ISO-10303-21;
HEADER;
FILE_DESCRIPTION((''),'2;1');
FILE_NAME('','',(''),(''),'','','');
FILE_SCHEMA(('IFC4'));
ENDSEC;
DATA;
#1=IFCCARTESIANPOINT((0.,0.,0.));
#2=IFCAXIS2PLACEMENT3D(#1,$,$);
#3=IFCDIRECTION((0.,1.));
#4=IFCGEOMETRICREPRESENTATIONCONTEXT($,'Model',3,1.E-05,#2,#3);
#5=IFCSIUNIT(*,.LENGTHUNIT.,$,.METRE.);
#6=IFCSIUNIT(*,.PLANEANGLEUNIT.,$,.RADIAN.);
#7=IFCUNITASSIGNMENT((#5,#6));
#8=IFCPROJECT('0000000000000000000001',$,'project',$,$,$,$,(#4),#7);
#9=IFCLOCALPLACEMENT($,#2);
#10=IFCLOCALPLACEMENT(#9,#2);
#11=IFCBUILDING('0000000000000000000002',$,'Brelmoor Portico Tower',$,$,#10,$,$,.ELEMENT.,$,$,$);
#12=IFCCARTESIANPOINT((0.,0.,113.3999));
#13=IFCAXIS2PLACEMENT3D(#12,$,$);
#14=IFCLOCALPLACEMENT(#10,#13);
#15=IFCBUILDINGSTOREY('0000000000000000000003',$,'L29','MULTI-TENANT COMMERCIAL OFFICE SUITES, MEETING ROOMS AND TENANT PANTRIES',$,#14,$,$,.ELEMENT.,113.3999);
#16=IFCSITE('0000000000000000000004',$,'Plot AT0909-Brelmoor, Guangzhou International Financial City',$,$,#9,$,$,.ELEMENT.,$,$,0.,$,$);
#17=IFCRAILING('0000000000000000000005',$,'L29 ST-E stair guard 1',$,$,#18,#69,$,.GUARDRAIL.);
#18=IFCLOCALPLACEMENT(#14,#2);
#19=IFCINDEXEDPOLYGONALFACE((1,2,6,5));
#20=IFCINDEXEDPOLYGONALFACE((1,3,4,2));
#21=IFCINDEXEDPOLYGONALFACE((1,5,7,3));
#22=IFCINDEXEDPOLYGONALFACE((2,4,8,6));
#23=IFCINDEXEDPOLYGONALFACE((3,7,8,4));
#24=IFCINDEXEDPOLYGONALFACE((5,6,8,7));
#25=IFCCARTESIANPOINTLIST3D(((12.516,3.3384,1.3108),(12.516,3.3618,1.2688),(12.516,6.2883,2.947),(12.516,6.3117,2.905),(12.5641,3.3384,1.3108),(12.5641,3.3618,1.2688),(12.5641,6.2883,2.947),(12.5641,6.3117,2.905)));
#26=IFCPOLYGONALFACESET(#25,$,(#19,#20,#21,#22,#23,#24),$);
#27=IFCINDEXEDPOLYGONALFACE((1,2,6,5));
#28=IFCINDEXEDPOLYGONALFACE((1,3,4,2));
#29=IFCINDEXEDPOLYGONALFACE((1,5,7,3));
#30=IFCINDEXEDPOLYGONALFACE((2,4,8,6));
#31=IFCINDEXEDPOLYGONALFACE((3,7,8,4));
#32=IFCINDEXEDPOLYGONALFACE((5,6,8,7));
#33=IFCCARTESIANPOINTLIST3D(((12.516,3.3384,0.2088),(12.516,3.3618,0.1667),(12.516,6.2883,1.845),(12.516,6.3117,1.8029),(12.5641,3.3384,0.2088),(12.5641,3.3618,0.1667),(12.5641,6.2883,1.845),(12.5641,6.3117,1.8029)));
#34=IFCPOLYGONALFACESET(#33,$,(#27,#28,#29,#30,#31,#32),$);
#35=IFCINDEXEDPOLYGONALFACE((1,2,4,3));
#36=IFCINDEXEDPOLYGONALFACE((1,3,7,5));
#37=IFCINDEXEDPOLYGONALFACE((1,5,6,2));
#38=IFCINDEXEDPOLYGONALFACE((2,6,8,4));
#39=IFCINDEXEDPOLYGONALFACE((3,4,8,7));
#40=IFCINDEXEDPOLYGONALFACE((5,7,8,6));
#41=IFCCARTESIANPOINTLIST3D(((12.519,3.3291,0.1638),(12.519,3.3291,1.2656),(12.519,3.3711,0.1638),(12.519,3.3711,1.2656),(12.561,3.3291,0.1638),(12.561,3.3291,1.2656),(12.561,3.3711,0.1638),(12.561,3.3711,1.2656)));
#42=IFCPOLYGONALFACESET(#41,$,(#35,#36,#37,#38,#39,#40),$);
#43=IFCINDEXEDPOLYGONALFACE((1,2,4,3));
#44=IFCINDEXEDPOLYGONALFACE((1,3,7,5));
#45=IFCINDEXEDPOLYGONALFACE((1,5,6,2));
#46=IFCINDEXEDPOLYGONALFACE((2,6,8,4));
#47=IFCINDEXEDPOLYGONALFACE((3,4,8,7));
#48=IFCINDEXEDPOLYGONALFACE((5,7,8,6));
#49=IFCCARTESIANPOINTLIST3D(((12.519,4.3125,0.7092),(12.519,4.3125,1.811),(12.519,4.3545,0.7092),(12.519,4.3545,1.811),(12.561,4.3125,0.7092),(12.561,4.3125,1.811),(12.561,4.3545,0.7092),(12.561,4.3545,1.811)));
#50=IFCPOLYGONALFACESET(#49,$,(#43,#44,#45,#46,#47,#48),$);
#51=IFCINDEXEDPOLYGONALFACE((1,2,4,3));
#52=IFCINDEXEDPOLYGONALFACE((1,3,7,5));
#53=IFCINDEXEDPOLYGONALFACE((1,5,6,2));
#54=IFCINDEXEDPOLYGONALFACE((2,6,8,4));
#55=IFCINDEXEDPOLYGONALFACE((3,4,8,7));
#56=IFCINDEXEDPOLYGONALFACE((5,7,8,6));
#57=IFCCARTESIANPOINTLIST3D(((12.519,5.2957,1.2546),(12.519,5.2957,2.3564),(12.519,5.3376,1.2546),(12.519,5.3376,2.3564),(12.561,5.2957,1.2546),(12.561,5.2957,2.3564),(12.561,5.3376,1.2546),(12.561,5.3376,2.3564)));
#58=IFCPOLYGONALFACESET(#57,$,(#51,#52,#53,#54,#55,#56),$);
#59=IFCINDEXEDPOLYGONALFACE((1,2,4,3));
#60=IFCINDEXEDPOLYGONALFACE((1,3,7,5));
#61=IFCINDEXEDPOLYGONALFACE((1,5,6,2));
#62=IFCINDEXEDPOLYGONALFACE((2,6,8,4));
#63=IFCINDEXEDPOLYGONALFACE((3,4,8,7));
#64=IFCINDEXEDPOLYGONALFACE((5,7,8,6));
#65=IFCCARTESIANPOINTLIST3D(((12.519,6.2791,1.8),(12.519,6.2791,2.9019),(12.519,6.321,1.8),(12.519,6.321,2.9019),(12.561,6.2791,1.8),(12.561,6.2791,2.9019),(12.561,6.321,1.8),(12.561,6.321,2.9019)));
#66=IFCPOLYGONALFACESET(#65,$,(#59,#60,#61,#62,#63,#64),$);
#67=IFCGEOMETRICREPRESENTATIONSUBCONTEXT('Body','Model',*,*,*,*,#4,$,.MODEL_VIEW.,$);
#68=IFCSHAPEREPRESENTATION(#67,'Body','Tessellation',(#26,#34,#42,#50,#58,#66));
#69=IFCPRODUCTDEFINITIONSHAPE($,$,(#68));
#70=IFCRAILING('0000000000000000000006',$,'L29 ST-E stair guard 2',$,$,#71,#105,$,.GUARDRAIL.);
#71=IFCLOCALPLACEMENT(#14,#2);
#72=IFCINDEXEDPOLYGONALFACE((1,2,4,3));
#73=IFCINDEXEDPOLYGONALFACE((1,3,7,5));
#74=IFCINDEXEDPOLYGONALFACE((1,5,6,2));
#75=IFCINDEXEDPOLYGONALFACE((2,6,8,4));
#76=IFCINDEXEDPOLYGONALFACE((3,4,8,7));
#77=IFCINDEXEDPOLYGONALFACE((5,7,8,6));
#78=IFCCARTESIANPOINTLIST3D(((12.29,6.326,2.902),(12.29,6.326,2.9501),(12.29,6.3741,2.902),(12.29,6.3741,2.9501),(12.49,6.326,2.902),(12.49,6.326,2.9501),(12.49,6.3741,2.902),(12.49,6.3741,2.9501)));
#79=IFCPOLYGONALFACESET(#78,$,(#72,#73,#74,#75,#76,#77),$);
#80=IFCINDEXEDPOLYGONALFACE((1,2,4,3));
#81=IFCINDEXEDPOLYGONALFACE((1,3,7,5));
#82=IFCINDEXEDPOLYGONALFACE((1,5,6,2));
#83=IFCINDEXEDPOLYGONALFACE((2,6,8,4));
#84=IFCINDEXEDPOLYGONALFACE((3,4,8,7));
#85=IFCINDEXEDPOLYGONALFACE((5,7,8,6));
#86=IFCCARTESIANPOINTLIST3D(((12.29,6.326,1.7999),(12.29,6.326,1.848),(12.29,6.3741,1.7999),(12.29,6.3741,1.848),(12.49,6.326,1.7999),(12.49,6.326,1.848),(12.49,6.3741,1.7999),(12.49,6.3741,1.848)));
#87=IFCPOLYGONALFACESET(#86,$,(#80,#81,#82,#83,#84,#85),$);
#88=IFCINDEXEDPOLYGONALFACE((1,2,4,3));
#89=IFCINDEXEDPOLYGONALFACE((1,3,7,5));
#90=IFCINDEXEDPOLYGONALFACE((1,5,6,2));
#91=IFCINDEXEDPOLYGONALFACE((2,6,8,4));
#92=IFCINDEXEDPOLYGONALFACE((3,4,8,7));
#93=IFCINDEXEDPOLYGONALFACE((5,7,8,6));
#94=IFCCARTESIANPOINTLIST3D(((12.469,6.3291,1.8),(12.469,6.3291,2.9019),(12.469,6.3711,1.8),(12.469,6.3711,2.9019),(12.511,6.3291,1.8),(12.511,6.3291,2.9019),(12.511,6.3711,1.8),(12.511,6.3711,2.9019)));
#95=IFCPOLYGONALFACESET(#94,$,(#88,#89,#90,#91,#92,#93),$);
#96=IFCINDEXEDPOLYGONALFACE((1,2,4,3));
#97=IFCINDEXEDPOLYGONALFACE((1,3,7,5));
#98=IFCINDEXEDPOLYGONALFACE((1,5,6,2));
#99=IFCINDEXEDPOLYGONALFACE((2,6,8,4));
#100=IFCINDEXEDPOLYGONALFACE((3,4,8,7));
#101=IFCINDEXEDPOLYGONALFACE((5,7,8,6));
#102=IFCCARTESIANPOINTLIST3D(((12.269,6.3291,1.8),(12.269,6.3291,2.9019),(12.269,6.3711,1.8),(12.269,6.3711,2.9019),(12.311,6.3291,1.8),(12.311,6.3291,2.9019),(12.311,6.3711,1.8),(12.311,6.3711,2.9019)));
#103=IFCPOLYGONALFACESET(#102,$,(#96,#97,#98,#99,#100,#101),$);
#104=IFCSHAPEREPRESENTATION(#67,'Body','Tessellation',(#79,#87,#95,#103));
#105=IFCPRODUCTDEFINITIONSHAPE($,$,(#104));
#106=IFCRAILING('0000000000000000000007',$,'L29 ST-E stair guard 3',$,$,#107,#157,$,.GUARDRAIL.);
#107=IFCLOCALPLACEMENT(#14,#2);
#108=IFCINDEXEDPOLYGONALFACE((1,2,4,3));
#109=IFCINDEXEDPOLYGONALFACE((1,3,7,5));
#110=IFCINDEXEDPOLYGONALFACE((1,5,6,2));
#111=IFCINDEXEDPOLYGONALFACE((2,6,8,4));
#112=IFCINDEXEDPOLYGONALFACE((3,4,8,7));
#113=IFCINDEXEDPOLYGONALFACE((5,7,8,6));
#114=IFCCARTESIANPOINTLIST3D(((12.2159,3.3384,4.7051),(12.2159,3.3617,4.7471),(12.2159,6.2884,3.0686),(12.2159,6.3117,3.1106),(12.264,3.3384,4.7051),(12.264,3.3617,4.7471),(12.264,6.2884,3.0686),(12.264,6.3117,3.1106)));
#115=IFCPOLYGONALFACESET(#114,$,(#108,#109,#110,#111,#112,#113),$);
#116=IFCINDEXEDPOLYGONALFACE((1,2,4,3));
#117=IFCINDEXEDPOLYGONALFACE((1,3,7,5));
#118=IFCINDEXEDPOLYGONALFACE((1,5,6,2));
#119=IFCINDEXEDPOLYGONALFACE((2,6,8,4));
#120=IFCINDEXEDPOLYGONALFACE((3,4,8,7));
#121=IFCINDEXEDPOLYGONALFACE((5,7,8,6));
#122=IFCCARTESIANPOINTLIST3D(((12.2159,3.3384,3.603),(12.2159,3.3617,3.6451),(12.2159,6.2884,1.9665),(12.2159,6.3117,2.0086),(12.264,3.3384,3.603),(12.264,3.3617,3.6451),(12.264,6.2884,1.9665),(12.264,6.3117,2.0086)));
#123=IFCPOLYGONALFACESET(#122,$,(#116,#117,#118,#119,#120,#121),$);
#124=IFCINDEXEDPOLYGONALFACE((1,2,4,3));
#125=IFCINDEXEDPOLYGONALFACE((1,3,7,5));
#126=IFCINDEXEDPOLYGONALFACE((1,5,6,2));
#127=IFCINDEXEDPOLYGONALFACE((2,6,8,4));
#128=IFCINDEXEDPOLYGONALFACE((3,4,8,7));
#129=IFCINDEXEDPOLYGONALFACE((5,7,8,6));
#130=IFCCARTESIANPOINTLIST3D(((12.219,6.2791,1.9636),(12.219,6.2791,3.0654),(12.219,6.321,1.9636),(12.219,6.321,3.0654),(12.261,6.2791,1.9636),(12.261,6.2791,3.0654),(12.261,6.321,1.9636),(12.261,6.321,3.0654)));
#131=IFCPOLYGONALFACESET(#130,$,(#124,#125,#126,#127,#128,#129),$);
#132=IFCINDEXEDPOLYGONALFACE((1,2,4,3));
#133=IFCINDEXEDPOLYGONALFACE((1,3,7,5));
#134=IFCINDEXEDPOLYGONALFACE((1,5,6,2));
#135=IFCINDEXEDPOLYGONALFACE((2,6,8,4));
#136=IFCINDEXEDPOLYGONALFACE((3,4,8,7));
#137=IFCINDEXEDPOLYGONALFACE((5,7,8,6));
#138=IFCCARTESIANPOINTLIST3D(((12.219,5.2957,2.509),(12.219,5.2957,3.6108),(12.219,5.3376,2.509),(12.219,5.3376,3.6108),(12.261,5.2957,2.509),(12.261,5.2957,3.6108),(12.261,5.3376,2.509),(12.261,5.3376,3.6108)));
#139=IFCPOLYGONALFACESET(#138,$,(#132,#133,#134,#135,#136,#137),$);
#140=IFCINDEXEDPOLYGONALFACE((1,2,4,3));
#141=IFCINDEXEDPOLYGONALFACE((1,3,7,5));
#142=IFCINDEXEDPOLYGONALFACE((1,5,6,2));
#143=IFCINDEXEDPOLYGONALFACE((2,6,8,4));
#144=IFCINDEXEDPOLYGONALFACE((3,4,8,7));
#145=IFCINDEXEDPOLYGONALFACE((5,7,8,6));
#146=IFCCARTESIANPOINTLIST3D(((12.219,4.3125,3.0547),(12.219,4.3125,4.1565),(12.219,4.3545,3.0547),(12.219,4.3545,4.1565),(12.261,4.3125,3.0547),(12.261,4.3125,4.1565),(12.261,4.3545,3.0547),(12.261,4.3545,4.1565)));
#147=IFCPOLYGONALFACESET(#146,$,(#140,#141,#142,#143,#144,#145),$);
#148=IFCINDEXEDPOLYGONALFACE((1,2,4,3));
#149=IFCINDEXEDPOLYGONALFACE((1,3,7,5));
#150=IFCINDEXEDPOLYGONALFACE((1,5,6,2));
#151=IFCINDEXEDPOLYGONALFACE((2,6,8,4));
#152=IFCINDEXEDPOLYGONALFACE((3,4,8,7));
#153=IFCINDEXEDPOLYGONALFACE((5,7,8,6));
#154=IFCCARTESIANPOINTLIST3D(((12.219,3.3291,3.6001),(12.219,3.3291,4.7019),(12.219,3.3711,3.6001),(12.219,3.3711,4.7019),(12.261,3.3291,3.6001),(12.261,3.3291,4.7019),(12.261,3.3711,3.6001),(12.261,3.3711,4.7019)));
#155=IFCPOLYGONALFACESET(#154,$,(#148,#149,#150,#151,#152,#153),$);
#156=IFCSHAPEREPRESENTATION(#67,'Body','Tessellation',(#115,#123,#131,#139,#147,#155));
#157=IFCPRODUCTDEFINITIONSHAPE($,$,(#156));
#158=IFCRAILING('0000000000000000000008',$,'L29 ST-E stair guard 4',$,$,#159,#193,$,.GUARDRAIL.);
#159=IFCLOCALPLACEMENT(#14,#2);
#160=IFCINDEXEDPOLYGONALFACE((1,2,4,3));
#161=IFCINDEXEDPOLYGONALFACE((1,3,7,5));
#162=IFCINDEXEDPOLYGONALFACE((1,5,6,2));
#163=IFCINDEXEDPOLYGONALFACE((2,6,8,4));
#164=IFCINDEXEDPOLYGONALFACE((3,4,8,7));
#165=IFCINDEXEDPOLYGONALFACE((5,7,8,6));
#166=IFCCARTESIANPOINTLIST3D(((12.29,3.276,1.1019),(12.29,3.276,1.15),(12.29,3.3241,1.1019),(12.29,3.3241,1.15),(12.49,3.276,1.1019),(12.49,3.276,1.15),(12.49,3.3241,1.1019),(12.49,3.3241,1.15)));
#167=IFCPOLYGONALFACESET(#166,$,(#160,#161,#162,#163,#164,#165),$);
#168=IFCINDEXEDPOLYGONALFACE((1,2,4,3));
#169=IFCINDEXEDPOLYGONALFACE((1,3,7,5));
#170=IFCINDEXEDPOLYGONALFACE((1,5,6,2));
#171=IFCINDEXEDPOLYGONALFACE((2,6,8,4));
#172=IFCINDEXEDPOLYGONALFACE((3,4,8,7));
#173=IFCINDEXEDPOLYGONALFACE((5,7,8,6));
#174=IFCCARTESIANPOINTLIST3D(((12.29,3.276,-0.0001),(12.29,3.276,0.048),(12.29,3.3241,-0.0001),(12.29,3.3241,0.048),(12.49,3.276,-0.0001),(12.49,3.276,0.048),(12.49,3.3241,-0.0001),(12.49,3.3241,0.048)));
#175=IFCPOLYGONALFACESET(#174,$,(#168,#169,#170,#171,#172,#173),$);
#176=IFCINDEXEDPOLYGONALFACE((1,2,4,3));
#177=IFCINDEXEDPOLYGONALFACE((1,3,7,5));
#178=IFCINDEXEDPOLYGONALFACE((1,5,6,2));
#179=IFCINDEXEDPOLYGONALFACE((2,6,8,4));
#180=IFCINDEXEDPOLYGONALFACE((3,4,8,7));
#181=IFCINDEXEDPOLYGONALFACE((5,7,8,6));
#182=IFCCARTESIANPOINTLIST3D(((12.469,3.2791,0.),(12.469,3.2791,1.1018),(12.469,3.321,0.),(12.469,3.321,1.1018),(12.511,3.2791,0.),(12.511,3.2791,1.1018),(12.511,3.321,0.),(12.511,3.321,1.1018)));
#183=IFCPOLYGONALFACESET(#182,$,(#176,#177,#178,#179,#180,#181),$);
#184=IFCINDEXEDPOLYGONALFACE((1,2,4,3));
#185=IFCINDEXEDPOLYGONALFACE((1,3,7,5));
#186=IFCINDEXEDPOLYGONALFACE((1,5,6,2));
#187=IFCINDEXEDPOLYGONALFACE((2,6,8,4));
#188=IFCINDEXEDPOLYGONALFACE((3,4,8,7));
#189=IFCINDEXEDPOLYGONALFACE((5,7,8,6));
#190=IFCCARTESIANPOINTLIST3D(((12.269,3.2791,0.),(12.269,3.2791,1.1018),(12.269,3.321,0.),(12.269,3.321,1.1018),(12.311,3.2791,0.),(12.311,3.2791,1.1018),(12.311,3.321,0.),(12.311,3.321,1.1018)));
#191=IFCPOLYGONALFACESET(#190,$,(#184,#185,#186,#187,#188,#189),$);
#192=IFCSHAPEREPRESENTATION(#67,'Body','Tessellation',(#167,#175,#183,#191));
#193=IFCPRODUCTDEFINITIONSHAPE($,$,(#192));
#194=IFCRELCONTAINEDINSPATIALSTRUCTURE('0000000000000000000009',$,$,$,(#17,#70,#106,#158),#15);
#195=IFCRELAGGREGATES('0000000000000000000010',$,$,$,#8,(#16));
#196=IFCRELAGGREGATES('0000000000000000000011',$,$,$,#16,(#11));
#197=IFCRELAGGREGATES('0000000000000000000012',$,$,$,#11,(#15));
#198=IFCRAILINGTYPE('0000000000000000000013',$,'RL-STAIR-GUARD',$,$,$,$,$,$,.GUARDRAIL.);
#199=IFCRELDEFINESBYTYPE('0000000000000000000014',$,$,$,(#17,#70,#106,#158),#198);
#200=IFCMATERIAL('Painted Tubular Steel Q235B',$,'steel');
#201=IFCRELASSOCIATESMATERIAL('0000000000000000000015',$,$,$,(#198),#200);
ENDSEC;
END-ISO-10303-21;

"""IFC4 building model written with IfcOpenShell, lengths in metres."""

from ifc_helpers import new_model, si_unit, direction, frame, origin, origin_2d, place, context, subcontext, project, spatial, rectangle, extrude, material, type_object, element, save


model = new_model("IFC4")

# Units and contexts
model_context = context("Model", 3, precision=1e-05, world=origin(), true_north=direction((0.0, 1.0)))
body_context = subcontext(model_context, "Body", "Model", "MODEL_VIEW")
ifc_project = project(units=[si_unit("LENGTHUNIT", "METRE"), si_unit("PLANEANGLEUNIT", "RADIAN")], contexts=[model_context])

# Site, building, storey
site_placement = place(None, origin())
site = spatial("IfcSite", under=ifc_project, at=site_placement, Name="Plot AT0909-Brelmoor, Guangzhou International Financial City", CompositionType="ELEMENT", RefElevation=0.0)
building_placement = place(site_placement, origin())
building = spatial("IfcBuilding", under=site, at=building_placement, Name="Brelmoor Portico Tower", CompositionType="ELEMENT")
storey_placement = place(building_placement, frame((0.0, 0.0, 113.3999)))
storey = spatial("IfcBuildingStorey", under=building, at=storey_placement, Name="L29", Description="MULTI-TENANT COMMERCIAL OFFICE SUITES, MEETING ROOMS AND TENANT PANTRIES", CompositionType="ELEMENT", Elevation=113.3999)

# Railings
ifc_material_1 = material(Name="Painted Tubular Steel Q235B", Category="steel")
railing_type_1 = type_object("IfcRailingType", Name="RL-STAIR-GUARD", PredefinedType="GUARDRAIL", material=ifc_material_1)
railing_1_placement = place(storey_placement, frame((12.54, 3.3501, 0.1638)))
element("IfcRailing", 1, at=railing_1_placement, inside=storey, type_object=railing_type_1, Name="L29 ST-E stair guard 1", PredefinedType="GUARDRAIL", context=body_context, shape_type="SweptSolid", body=[
    extrude(rectangle(XDim=0.0481, YDim=0.0481, at=origin_2d()), frame((0.0, 0.0, 1.126), z_axis=(0.0, 0.874488, 0.485047), x_axis=(-1.0, 0.0, 0.0)), (0.0, 0.0, 1.0), 3.3733),
    extrude(rectangle(XDim=0.0481, YDim=0.0481, at=origin_2d()), frame((0.0, 0.0, 0.0239), z_axis=(0.0, 0.874488, 0.485047), x_axis=(-1.0, 0.0, 0.0)), (0.0, 0.0, 1.0), 3.3733),
    extrude(rectangle(XDim=0.042, YDim=0.042, at=origin_2d()), origin(), (0.0, 0.0, 1.0), 1.1018),
    extrude(rectangle(XDim=0.042, YDim=0.042, at=origin_2d()), frame((0.0, 0.9834, 0.5454)), (0.0, 0.0, 1.0), 1.1018),
    extrude(rectangle(XDim=0.042, YDim=0.042, at=origin_2d()), frame((0.0, 1.9666, 1.0908)), (0.0, 0.0, 1.0), 1.1018),
    extrude(rectangle(XDim=0.042, YDim=0.042, at=origin_2d()), frame((0.0, 2.95, 1.6362)), (0.0, 0.0, 1.0), 1.1018),
])
railing_2_placement = place(storey_placement, frame((12.49, 6.3501, 1.8)))
element("IfcRailing", 2, at=railing_2_placement, inside=storey, type_object=railing_type_1, Name="L29 ST-E stair guard 2", PredefinedType="GUARDRAIL", context=body_context, shape_type="SweptSolid", body=[
    extrude(rectangle(XDim=0.0481, YDim=0.0481, at=origin_2d()), frame((0.0, 0.0, 1.126), z_axis=(-1.0, 0.0, 0.0), x_axis=(0.0, -1.0, 0.0)), (0.0, 0.0, 1.0), 0.2),
    extrude(rectangle(XDim=0.0481, YDim=0.0481, at=origin_2d()), frame((0.0, 0.0, 0.0239), z_axis=(-1.0, 0.0, 0.0), x_axis=(0.0, -1.0, 0.0)), (0.0, 0.0, 1.0), 0.2),
    extrude(rectangle(XDim=0.042, YDim=0.042, at=origin_2d()), origin(), (0.0, 0.0, 1.0), 1.1018),
    extrude(rectangle(XDim=0.042, YDim=0.042, at=origin_2d()), frame((-0.2, 0.0, 0.0)), (0.0, 0.0, 1.0), 1.1018),
])
railing_3_placement = place(storey_placement, frame((12.24, 6.3, 1.9636)))
element("IfcRailing", 3, at=railing_3_placement, inside=storey, type_object=railing_type_1, Name="L29 ST-E stair guard 3", PredefinedType="GUARDRAIL", context=body_context, shape_type="SweptSolid", body=[
    extrude(rectangle(XDim=0.0481, YDim=0.0481, at=origin_2d()), frame((0.0, 0.0, 1.126), z_axis=(0.0, -0.874458, 0.485102), x_axis=(1.0, 0.0, 0.0)), (0.0, 0.0, 1.0), 3.3735),
    extrude(rectangle(XDim=0.0481, YDim=0.0481, at=origin_2d()), frame((0.0, 0.0, 0.0239), z_axis=(0.0, -0.874458, 0.485102), x_axis=(1.0, 0.0, 0.0)), (0.0, 0.0, 1.0), 3.3735),
    extrude(rectangle(XDim=0.042, YDim=0.042, at=origin_2d()), origin(), (0.0, 0.0, 1.0), 1.1018),
    extrude(rectangle(XDim=0.042, YDim=0.042, at=origin_2d()), frame((0.0, -0.9834, 0.5454)), (0.0, 0.0, 1.0), 1.1018),
    extrude(rectangle(XDim=0.042, YDim=0.042, at=origin_2d()), frame((0.0, -1.9666, 1.0911)), (0.0, 0.0, 1.0), 1.1018),
    extrude(rectangle(XDim=0.042, YDim=0.042, at=origin_2d()), frame((0.0, -2.95, 1.6365)), (0.0, 0.0, 1.0), 1.1018),
])
railing_4_placement = place(storey_placement, frame((12.49, 3.3, 0.0)))
element("IfcRailing", 4, at=railing_4_placement, inside=storey, type_object=railing_type_1, Name="L29 ST-E stair guard 4", PredefinedType="GUARDRAIL", context=body_context, shape_type="SweptSolid", body=[
    extrude(rectangle(XDim=0.0481, YDim=0.0481, at=origin_2d()), frame((0.0, 0.0, 1.126), z_axis=(-1.0, 0.0, 0.0), x_axis=(0.0, -1.0, 0.0)), (0.0, 0.0, 1.0), 0.2),
    extrude(rectangle(XDim=0.0481, YDim=0.0481, at=origin_2d()), frame((0.0, 0.0, 0.0239), z_axis=(-1.0, 0.0, 0.0), x_axis=(0.0, -1.0, 0.0)), (0.0, 0.0, 1.0), 0.2),
    extrude(rectangle(XDim=0.042, YDim=0.042, at=origin_2d()), origin(), (0.0, 0.0, 1.0), 1.1018),
    extrude(rectangle(XDim=0.042, YDim=0.042, at=origin_2d()), frame((-0.2, 0.0, 0.0)), (0.0, 0.0, 1.0), 1.1018),
])

save(model, "model.ifc")
